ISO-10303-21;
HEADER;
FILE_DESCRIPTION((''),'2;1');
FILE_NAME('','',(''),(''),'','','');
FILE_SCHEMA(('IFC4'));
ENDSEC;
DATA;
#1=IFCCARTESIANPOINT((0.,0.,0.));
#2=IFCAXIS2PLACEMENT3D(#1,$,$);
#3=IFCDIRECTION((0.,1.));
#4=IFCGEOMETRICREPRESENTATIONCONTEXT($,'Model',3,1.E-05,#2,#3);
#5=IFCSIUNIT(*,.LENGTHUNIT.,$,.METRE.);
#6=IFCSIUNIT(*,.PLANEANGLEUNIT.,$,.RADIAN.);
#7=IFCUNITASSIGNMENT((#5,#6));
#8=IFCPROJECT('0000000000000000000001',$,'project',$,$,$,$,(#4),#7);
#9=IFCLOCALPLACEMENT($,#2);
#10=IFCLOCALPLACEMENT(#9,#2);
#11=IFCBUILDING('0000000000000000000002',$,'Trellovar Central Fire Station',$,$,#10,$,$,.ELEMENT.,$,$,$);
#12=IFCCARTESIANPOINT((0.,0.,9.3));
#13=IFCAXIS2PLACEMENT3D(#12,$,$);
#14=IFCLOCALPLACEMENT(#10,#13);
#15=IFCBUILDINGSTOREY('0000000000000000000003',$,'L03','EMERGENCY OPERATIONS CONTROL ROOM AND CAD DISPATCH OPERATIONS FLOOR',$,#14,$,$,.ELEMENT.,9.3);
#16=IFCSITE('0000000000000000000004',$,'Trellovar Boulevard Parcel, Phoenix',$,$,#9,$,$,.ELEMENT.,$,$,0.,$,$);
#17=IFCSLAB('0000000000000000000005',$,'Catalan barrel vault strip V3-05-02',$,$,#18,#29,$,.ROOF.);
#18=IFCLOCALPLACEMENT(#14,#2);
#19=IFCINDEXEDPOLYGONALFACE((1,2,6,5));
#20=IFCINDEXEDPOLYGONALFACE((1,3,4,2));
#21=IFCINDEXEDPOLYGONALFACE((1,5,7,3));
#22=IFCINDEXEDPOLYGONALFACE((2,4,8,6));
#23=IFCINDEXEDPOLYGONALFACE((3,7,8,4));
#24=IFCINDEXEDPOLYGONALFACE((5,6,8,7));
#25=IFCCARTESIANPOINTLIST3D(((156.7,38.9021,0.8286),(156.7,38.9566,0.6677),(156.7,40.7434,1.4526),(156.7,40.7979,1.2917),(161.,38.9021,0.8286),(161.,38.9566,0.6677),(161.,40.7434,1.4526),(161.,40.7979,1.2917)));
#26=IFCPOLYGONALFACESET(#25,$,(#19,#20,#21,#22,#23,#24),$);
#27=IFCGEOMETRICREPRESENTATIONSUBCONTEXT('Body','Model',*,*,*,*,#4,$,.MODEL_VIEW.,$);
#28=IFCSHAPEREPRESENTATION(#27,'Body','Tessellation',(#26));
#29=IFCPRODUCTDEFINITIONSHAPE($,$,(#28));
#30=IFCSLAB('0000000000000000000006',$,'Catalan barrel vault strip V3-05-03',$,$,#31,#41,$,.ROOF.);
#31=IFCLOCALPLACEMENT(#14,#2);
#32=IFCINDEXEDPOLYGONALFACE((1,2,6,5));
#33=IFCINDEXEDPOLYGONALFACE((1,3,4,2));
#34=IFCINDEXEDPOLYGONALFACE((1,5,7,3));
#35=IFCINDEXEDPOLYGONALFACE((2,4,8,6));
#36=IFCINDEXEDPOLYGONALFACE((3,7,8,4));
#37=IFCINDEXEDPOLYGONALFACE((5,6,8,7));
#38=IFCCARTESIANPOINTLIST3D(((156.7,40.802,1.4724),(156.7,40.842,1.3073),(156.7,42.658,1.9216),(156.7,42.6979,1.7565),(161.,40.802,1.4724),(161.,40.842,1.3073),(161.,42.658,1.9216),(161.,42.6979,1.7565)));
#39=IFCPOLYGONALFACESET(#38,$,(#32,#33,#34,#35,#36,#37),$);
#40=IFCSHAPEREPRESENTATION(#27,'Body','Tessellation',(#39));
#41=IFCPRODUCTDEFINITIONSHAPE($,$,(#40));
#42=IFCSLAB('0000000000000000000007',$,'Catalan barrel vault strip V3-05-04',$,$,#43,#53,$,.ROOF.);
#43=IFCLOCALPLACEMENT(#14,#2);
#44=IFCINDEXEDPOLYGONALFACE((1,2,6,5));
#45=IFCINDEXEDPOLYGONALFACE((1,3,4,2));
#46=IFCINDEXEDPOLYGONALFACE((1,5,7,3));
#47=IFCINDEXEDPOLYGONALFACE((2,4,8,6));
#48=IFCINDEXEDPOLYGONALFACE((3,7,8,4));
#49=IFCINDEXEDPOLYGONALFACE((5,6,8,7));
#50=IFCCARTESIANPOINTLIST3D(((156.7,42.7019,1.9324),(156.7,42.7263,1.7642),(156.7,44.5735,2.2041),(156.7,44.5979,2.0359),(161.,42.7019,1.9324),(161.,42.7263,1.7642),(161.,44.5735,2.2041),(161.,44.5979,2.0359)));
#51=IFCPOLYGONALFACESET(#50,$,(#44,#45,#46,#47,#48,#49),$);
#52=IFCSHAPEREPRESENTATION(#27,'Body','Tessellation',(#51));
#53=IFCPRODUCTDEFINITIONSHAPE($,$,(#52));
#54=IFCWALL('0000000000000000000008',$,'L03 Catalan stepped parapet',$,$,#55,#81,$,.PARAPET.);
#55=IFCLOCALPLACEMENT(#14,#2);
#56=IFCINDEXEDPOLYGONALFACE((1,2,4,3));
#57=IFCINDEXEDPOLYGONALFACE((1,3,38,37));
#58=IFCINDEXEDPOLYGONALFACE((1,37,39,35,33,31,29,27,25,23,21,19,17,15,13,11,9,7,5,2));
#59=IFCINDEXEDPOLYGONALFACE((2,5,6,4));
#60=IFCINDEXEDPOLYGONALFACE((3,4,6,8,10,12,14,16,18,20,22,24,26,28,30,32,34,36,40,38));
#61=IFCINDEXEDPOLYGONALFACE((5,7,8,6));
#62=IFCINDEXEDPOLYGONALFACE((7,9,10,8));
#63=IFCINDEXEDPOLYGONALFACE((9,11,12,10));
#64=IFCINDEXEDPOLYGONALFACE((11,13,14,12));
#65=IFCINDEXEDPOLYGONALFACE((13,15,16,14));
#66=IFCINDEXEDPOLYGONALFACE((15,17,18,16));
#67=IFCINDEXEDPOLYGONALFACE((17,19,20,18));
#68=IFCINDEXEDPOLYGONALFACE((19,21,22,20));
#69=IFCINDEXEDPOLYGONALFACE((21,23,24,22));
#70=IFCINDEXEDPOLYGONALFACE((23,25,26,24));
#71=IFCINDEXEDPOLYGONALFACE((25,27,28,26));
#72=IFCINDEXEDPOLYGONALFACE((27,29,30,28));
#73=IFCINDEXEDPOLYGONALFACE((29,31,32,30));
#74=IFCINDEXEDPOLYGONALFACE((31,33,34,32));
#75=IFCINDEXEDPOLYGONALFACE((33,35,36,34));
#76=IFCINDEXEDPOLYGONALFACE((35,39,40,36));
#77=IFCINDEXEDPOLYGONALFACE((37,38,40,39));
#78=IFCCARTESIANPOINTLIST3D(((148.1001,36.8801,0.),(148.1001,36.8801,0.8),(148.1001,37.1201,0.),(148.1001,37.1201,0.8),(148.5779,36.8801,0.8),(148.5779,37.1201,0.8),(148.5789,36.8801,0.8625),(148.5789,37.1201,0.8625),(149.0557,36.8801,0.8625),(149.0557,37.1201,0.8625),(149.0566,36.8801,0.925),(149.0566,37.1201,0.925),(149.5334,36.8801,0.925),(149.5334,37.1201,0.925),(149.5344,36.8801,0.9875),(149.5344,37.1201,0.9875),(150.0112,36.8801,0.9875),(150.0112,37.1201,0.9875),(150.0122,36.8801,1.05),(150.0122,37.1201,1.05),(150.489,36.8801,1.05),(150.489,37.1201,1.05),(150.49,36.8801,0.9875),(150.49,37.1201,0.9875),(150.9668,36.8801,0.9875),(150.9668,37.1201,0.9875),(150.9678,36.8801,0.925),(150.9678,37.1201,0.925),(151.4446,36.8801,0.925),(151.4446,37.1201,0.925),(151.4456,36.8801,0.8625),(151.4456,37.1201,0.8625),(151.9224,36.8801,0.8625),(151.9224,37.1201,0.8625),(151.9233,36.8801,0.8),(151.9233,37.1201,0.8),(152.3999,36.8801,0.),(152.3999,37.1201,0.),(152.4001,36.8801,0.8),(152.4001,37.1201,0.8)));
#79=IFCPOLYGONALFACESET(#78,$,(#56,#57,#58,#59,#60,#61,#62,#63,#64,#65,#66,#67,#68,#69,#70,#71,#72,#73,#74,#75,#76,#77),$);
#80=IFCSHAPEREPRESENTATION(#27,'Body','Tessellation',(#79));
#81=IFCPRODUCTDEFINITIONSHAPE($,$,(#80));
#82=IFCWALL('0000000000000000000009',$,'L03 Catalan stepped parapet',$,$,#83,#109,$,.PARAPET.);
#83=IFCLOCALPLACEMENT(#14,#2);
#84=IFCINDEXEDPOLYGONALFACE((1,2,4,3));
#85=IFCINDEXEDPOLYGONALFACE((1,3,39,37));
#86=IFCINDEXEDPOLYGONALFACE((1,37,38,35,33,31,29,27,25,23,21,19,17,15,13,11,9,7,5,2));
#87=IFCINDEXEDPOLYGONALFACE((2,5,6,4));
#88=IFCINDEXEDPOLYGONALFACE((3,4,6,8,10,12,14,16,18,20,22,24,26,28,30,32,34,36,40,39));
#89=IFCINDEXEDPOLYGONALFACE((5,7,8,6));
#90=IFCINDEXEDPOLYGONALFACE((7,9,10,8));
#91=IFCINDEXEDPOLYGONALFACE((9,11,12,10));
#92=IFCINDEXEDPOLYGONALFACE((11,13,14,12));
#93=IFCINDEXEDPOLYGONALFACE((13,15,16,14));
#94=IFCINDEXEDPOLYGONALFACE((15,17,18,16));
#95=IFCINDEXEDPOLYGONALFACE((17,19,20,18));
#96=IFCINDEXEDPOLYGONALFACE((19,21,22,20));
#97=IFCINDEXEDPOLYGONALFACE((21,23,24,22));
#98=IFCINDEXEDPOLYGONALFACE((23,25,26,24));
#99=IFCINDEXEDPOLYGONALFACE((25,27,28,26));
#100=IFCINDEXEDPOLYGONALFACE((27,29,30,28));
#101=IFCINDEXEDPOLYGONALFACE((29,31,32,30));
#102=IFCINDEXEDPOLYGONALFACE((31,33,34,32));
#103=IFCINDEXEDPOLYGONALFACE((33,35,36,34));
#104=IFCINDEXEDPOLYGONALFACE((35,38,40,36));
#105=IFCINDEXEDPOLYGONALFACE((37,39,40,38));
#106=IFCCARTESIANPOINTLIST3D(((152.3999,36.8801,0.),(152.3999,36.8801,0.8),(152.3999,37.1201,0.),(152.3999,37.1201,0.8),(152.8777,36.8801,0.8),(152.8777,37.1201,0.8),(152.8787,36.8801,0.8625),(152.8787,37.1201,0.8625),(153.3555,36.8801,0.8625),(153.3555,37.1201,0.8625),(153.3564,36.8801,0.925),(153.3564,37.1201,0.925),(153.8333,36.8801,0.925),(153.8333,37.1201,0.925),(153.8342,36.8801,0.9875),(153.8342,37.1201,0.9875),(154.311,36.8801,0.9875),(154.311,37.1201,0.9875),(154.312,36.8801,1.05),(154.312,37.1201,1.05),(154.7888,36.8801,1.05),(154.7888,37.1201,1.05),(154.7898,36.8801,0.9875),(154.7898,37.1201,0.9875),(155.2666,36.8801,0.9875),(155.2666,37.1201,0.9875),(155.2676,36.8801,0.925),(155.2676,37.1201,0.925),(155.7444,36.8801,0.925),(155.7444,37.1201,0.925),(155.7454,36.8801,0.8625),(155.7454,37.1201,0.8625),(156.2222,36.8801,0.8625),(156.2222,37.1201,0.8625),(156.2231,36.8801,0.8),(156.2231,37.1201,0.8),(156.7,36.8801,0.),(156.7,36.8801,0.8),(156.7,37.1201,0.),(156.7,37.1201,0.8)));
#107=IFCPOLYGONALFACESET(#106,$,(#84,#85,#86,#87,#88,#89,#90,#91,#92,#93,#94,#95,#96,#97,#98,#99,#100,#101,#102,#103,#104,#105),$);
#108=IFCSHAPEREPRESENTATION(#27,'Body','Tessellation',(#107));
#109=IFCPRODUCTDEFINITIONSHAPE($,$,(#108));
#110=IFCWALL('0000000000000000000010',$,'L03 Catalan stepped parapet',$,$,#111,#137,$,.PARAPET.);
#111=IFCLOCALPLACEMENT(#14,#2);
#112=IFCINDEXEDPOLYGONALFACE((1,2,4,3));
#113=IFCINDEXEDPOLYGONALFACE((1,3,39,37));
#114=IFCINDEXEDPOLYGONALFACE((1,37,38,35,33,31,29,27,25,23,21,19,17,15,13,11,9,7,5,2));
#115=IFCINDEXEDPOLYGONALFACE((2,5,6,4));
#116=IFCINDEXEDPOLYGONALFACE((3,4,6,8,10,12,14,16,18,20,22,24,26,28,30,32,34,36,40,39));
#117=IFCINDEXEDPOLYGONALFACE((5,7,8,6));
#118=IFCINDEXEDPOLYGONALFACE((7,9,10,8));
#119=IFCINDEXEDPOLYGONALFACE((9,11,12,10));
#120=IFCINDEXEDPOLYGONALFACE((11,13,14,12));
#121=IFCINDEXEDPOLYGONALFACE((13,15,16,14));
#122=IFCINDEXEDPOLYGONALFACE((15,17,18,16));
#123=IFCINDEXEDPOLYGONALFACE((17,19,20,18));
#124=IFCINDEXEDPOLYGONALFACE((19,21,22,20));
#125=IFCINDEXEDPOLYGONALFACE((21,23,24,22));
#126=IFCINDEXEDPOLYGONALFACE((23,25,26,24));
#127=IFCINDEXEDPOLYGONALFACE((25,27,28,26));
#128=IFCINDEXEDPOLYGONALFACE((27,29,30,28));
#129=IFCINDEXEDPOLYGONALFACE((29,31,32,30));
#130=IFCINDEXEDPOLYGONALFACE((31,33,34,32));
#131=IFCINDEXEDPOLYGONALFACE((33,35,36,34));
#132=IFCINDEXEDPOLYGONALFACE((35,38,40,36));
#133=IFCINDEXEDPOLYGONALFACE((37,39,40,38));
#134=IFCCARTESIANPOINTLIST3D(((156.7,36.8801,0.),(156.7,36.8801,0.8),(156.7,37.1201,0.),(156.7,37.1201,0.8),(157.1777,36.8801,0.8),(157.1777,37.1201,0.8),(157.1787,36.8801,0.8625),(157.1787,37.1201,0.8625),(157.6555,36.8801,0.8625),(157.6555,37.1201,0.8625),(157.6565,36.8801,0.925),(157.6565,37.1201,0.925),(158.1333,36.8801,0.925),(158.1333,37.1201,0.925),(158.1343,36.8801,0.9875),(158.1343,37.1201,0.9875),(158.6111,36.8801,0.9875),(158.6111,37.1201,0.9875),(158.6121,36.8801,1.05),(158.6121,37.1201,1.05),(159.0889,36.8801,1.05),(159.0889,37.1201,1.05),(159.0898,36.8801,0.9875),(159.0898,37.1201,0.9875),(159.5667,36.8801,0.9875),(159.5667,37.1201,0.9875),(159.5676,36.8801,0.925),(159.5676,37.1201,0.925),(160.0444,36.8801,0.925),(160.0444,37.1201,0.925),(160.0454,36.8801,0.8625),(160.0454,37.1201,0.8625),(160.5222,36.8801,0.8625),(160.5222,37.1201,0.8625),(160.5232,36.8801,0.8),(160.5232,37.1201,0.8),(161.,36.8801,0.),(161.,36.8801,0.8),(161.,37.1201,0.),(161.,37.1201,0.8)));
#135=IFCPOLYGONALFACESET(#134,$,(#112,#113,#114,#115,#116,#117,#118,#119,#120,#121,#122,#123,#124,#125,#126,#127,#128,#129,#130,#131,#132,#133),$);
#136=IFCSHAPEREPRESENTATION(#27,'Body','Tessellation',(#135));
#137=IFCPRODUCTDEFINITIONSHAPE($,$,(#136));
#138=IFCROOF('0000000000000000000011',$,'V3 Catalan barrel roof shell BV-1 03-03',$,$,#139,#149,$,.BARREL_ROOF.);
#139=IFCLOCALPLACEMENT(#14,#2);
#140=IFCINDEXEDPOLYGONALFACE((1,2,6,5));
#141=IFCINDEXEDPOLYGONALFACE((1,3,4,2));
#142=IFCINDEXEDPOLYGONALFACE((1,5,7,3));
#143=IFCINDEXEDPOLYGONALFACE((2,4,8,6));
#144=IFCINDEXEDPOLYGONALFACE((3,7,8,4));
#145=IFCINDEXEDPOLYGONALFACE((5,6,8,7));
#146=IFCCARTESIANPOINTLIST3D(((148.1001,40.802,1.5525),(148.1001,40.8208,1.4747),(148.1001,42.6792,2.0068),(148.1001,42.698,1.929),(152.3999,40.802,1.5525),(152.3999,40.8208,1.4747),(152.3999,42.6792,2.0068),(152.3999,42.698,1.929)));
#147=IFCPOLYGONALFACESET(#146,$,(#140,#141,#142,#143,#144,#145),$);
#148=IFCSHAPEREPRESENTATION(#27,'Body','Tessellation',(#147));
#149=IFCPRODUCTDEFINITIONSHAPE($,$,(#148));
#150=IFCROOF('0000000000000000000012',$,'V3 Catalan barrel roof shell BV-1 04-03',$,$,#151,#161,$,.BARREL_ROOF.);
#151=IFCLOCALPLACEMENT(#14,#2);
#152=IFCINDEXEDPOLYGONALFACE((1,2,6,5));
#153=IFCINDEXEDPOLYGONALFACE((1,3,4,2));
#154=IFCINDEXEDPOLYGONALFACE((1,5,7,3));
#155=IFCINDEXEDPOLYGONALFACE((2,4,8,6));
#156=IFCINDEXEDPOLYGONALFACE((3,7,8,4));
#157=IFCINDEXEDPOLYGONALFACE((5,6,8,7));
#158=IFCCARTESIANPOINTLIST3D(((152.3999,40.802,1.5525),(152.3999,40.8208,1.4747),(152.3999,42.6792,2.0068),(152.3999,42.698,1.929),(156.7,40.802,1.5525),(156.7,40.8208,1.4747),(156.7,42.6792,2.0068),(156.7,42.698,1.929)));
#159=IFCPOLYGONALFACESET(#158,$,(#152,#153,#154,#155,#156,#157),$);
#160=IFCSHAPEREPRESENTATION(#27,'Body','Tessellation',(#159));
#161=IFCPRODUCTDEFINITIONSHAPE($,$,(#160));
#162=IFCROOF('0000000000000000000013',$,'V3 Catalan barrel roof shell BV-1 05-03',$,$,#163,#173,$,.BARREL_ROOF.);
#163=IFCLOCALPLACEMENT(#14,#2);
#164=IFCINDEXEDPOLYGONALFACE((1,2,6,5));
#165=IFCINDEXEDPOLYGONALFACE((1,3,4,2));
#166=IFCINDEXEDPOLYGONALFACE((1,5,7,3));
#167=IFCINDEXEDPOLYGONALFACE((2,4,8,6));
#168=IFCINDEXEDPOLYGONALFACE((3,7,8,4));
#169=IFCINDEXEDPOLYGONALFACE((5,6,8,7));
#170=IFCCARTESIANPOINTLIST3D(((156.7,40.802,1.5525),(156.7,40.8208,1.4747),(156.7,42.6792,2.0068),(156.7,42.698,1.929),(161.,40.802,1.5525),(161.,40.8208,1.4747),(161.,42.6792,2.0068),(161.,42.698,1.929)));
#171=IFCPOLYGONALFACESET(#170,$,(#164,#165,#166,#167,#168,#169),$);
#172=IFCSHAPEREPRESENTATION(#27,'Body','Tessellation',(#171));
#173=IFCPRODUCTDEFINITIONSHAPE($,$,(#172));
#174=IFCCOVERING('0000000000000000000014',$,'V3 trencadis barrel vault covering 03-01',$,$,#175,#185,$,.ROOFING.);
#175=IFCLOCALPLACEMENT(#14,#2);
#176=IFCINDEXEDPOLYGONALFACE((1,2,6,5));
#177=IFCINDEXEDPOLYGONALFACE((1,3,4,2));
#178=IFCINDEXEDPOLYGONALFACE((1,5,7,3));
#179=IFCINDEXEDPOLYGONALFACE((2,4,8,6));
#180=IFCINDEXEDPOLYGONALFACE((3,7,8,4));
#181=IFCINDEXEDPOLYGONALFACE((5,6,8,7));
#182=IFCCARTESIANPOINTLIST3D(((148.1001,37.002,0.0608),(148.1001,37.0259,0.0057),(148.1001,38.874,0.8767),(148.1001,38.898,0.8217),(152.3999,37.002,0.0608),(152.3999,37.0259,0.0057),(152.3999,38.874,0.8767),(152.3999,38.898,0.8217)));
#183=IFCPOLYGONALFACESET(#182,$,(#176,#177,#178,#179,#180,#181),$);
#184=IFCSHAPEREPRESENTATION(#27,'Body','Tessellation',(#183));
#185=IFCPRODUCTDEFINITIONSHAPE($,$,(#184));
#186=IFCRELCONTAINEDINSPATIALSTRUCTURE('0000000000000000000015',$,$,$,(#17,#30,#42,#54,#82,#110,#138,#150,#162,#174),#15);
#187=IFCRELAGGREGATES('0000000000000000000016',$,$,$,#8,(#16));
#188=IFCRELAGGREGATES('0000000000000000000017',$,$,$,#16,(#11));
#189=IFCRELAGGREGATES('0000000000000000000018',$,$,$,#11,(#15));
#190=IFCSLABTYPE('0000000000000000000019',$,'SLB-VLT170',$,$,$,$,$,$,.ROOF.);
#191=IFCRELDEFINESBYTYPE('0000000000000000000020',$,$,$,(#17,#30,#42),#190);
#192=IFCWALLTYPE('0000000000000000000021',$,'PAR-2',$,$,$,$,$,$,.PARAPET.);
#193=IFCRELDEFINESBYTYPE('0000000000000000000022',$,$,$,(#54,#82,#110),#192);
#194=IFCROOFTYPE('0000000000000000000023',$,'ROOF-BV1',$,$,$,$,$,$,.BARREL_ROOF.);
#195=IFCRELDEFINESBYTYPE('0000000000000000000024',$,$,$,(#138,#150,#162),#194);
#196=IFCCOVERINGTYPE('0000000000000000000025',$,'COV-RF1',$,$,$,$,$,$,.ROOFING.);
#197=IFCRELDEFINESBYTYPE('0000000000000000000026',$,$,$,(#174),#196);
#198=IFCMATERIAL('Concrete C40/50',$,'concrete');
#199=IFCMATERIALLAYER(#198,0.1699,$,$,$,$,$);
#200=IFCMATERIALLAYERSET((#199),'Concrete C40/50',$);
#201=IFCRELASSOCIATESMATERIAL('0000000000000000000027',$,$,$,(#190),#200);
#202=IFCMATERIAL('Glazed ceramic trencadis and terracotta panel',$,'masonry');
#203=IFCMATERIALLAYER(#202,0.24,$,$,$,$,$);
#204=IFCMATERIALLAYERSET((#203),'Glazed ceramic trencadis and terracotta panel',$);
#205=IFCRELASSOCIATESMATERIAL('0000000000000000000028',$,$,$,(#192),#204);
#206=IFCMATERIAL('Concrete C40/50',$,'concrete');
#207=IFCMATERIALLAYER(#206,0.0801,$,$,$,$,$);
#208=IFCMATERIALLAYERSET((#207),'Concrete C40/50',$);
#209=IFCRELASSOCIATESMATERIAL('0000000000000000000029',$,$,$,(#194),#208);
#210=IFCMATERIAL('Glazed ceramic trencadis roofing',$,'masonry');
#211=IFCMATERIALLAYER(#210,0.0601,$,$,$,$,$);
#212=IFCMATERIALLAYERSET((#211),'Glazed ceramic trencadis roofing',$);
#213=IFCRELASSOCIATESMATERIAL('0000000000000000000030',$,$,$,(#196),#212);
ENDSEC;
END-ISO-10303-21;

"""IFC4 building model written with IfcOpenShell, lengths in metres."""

from ifc_helpers import new_model, si_unit, direction, frame, origin, place, context, subcontext, project, spatial, polyline, outline, extrude, material, layer, layer_set, type_object, element, save


model = new_model("IFC4")

# Units and contexts
model_context = context("Model", 3, precision=1e-05, world=origin(), true_north=direction((0.0, 1.0)))
body_context = subcontext(model_context, "Body", "Model", "MODEL_VIEW")
ifc_project = project(units=[si_unit("LENGTHUNIT", "METRE"), si_unit("PLANEANGLEUNIT", "RADIAN")], contexts=[model_context])

# Site, building, storey
site_placement = place(None, origin())
site = spatial("IfcSite", under=ifc_project, at=site_placement, Name="Trellovar Boulevard Parcel, Phoenix", CompositionType="ELEMENT", RefElevation=0.0)
building_placement = place(site_placement, origin())
building = spatial("IfcBuilding", under=site, at=building_placement, Name="Trellovar Central Fire Station", CompositionType="ELEMENT")
storey_placement = place(building_placement, frame((0.0, 0.0, 9.3)))
storey = spatial("IfcBuildingStorey", under=building, at=storey_placement, Name="L03", Description="EMERGENCY OPERATIONS CONTROL ROOM AND CAD DISPATCH OPERATIONS FLOOR", CompositionType="ELEMENT", Elevation=9.3)

# Slabs
ifc_material_1 = material(Name="Concrete C40/50", Category="concrete")
ifc_layer_1 = layer(ifc_material_1, 0.1699)
ifc_layer_set_1 = layer_set([ifc_layer_1], Name="Concrete C40/50")
slab_type = type_object("IfcSlabType", Name="SLB-VLT170", PredefinedType="ROOF", material=ifc_layer_set_1)
slab_1_placement = place(storey_placement, frame((156.7, 38.9021, 0.8286), z_axis=(0.0, -0.320971, 0.947089), x_axis=(1.0, 0.0, 0.0)))
element("IfcSlab", 1, at=slab_1_placement, inside=storey, type_object=slab_type, Name="Catalan barrel vault strip V3-05-02", PredefinedType="ROOF", context=body_context, shape_type="SweptSolid", body=[
    extrude(outline(polyline([(0.0, 0.0), (4.3, 0.0), (4.3, 1.9442), (0.0, 1.9442), (0.0, 0.0)])), origin(), (0.0, 0.0, -1.0), 0.1699),
])
slab_2_placement = place(storey_placement, frame((156.7, 40.802, 1.4724), z_axis=(0.0, -0.235249, 0.971935), x_axis=(1.0, 0.0, 0.0)))
element("IfcSlab", 2, at=slab_2_placement, inside=storey, type_object=slab_type, Name="Catalan barrel vault strip V3-05-03", PredefinedType="ROOF", context=body_context, shape_type="SweptSolid", body=[
    extrude(outline(polyline([(0.0, 0.0), (4.3, 0.0), (4.3, 1.9095), (0.0, 1.9095), (0.0, 0.0)])), origin(), (0.0, 0.0, -1.0), 0.1699),
])
slab_3_placement = place(storey_placement, frame((156.7, 42.7019, 1.9324), z_axis=(0.0, -0.14368, 0.989624), x_axis=(1.0, 0.0, 0.0)))
element("IfcSlab", 3, at=slab_3_placement, inside=storey, type_object=slab_type, Name="Catalan barrel vault strip V3-05-04", PredefinedType="ROOF", context=body_context, shape_type="SweptSolid", body=[
    extrude(outline(polyline([(0.0, 0.0), (4.3, 0.0), (4.3, 1.8912), (0.0, 1.8912), (0.0, 0.0)])), origin(), (0.0, 0.0, -1.0), 0.1699),
])

# Walls
ifc_material_2 = material(Name="Glazed ceramic trencadis and terracotta panel", Category="masonry")
ifc_layer_2 = layer(ifc_material_2, 0.24)
ifc_layer_set_2 = layer_set([ifc_layer_2], Name="Glazed ceramic trencadis and terracotta panel")
wall_type = type_object("IfcWallType", Name="PAR-2", PredefinedType="PARAPET", material=ifc_layer_set_2)
wall_placement = place(storey_placement, frame((148.1001, 37.0, 0.0), z_axis=(0.0, 0.0, 1.0), x_axis=(1.0, 0.0, 0.0)))
element("IfcWall", 4, at=wall_placement, inside=storey, type_object=wall_type, Name="L03 Catalan stepped parapet", PredefinedType="PARAPET", context=body_context, shape_type="SweptSolid", body=[
    extrude(outline(polyline([(0.0, 0.0), (4.2998, 0.0), (4.3, 0.8), (3.8232, 0.8), (3.8223, 0.8625), (3.3455, 0.8625), (3.3445, 0.925), (2.8677, 0.925), (2.8667, 0.9875), (2.3899, 0.9875), (2.3889, 1.05), (1.9121, 1.05), (1.9111, 0.9875), (1.4343, 0.9875), (1.4333, 0.925), (0.9565, 0.925), (0.9556, 0.8625), (0.4788, 0.8625), (0.4778, 0.8), (0.0, 0.8), (0.0, 0.0)])), frame((0.0, 0.1201, 0.0), z_axis=(0.0, -1.0, 0.0), x_axis=(1.0, 0.0, 0.0)), (0.0, 0.0, 1.0), 0.24),
])
for number, where, z_axis, x_axis, name in (
    (5, (152.3999, 37.0, 0.0), (0.0, 0.0, 1.0), (1.0, 0.0, 0.0), "L03 Catalan stepped parapet"),
    (6, (156.7, 37.0, 0.0), (0.0, 0.0, 1.0), (1.0, 0.0, 0.0), "L03 Catalan stepped parapet"),
):
    element("IfcWall", number, at=place(storey_placement, frame(where, z_axis=z_axis, x_axis=x_axis)), inside=storey, type_object=wall_type, Name=name, PredefinedType="PARAPET", context=body_context, shape_type="SweptSolid", body=[
        extrude(outline(polyline([(0.0, 0.0), (4.3, 0.0), (4.3, 0.8), (3.8232, 0.8), (3.8223, 0.8625), (3.3455, 0.8625), (3.3445, 0.925), (2.8677, 0.925), (2.8667, 0.9875), (2.3899, 0.9875), (2.3889, 1.05), (1.9121, 1.05), (1.9111, 0.9875), (1.4343, 0.9875), (1.4333, 0.925), (0.9565, 0.925), (0.9556, 0.8625), (0.4788, 0.8625), (0.4778, 0.8), (0.0, 0.8), (0.0, 0.0)])), frame((0.0, 0.1201, 0.0), z_axis=(0.0, -1.0, 0.0), x_axis=(1.0, 0.0, 0.0)), (0.0, 0.0, 1.0), 0.24),
    ])

# Roofs
ifc_material_3 = material(Name="Concrete C40/50", Category="concrete")
ifc_layer_3 = layer(ifc_material_3, 0.0801)
ifc_layer_set_3 = layer_set([ifc_layer_3], Name="Concrete C40/50")
roof_type = type_object("IfcRoofType", Name="ROOF-BV1", PredefinedType="BARREL_ROOF", material=ifc_layer_set_3)
roof_placement = place(storey_placement, frame((148.1001, 40.802, 1.5525), z_axis=(0.0, -0.235242, 0.971937), x_axis=(1.0, 0.0, 0.0)))
element("IfcRoof", 7, at=roof_placement, inside=storey, type_object=roof_type, Name="V3 Catalan barrel roof shell BV-1 03-03", PredefinedType="BARREL_ROOF", context=body_context, shape_type="SweptSolid", body=[
    extrude(outline(polyline([(0.0, 0.0), (4.2998, 0.0), (4.2998, 1.9314), (0.0, 1.9314), (0.0, 0.0)])), origin(), (0.0, 0.0, -1.0), 0.0801),
])
for number, where, z_axis, x_axis, name in (
    (8, (152.3999, 40.802, 1.5525), (0.0, -0.235242, 0.971937), (1.0, 0.0, 0.0), "V3 Catalan barrel roof shell BV-1 04-03"),
    (9, (156.7, 40.802, 1.5525), (0.0, -0.235242, 0.971937), (1.0, 0.0, 0.0), "V3 Catalan barrel roof shell BV-1 05-03"),
):
    element("IfcRoof", number, at=place(storey_placement, frame(where, z_axis=z_axis, x_axis=x_axis)), inside=storey, type_object=roof_type, Name=name, PredefinedType="BARREL_ROOF", context=body_context, shape_type="SweptSolid", body=[
        extrude(outline(polyline([(0.0, 0.0), (4.3, 0.0), (4.3, 1.9314), (0.0, 1.9314), (0.0, 0.0)])), origin(), (0.0, 0.0, -1.0), 0.0801),
    ])

# Covering
ifc_material_4 = material(Name="Glazed ceramic trencadis roofing", Category="masonry")
ifc_layer_4 = layer(ifc_material_4, 0.0601)
ifc_layer_set_4 = layer_set([ifc_layer_4], Name="Glazed ceramic trencadis roofing")
covering_type = type_object("IfcCoveringType", Name="COV-RF1", PredefinedType="ROOFING", material=ifc_layer_set_4)
covering_1_placement = place(storey_placement, frame((148.1001, 37.002, 0.0608), z_axis=(0.0, -0.399539, 0.916716), x_axis=(1.0, 0.0, 0.0)))
element("IfcCovering", 10, at=covering_1_placement, inside=storey, type_object=covering_type, Name="V3 trencadis barrel vault covering 03-01", PredefinedType="ROOFING", context=body_context, shape_type="SweptSolid", body=[
    extrude(outline(polyline([(0.0, 0.0), (4.2998, 0.0), (4.2998, 2.0421), (0.0, 2.0421), (0.0, 0.0)])), origin(), (0.0, 0.0, -1.0), 0.0601),
])

save(model, "model.ifc")
